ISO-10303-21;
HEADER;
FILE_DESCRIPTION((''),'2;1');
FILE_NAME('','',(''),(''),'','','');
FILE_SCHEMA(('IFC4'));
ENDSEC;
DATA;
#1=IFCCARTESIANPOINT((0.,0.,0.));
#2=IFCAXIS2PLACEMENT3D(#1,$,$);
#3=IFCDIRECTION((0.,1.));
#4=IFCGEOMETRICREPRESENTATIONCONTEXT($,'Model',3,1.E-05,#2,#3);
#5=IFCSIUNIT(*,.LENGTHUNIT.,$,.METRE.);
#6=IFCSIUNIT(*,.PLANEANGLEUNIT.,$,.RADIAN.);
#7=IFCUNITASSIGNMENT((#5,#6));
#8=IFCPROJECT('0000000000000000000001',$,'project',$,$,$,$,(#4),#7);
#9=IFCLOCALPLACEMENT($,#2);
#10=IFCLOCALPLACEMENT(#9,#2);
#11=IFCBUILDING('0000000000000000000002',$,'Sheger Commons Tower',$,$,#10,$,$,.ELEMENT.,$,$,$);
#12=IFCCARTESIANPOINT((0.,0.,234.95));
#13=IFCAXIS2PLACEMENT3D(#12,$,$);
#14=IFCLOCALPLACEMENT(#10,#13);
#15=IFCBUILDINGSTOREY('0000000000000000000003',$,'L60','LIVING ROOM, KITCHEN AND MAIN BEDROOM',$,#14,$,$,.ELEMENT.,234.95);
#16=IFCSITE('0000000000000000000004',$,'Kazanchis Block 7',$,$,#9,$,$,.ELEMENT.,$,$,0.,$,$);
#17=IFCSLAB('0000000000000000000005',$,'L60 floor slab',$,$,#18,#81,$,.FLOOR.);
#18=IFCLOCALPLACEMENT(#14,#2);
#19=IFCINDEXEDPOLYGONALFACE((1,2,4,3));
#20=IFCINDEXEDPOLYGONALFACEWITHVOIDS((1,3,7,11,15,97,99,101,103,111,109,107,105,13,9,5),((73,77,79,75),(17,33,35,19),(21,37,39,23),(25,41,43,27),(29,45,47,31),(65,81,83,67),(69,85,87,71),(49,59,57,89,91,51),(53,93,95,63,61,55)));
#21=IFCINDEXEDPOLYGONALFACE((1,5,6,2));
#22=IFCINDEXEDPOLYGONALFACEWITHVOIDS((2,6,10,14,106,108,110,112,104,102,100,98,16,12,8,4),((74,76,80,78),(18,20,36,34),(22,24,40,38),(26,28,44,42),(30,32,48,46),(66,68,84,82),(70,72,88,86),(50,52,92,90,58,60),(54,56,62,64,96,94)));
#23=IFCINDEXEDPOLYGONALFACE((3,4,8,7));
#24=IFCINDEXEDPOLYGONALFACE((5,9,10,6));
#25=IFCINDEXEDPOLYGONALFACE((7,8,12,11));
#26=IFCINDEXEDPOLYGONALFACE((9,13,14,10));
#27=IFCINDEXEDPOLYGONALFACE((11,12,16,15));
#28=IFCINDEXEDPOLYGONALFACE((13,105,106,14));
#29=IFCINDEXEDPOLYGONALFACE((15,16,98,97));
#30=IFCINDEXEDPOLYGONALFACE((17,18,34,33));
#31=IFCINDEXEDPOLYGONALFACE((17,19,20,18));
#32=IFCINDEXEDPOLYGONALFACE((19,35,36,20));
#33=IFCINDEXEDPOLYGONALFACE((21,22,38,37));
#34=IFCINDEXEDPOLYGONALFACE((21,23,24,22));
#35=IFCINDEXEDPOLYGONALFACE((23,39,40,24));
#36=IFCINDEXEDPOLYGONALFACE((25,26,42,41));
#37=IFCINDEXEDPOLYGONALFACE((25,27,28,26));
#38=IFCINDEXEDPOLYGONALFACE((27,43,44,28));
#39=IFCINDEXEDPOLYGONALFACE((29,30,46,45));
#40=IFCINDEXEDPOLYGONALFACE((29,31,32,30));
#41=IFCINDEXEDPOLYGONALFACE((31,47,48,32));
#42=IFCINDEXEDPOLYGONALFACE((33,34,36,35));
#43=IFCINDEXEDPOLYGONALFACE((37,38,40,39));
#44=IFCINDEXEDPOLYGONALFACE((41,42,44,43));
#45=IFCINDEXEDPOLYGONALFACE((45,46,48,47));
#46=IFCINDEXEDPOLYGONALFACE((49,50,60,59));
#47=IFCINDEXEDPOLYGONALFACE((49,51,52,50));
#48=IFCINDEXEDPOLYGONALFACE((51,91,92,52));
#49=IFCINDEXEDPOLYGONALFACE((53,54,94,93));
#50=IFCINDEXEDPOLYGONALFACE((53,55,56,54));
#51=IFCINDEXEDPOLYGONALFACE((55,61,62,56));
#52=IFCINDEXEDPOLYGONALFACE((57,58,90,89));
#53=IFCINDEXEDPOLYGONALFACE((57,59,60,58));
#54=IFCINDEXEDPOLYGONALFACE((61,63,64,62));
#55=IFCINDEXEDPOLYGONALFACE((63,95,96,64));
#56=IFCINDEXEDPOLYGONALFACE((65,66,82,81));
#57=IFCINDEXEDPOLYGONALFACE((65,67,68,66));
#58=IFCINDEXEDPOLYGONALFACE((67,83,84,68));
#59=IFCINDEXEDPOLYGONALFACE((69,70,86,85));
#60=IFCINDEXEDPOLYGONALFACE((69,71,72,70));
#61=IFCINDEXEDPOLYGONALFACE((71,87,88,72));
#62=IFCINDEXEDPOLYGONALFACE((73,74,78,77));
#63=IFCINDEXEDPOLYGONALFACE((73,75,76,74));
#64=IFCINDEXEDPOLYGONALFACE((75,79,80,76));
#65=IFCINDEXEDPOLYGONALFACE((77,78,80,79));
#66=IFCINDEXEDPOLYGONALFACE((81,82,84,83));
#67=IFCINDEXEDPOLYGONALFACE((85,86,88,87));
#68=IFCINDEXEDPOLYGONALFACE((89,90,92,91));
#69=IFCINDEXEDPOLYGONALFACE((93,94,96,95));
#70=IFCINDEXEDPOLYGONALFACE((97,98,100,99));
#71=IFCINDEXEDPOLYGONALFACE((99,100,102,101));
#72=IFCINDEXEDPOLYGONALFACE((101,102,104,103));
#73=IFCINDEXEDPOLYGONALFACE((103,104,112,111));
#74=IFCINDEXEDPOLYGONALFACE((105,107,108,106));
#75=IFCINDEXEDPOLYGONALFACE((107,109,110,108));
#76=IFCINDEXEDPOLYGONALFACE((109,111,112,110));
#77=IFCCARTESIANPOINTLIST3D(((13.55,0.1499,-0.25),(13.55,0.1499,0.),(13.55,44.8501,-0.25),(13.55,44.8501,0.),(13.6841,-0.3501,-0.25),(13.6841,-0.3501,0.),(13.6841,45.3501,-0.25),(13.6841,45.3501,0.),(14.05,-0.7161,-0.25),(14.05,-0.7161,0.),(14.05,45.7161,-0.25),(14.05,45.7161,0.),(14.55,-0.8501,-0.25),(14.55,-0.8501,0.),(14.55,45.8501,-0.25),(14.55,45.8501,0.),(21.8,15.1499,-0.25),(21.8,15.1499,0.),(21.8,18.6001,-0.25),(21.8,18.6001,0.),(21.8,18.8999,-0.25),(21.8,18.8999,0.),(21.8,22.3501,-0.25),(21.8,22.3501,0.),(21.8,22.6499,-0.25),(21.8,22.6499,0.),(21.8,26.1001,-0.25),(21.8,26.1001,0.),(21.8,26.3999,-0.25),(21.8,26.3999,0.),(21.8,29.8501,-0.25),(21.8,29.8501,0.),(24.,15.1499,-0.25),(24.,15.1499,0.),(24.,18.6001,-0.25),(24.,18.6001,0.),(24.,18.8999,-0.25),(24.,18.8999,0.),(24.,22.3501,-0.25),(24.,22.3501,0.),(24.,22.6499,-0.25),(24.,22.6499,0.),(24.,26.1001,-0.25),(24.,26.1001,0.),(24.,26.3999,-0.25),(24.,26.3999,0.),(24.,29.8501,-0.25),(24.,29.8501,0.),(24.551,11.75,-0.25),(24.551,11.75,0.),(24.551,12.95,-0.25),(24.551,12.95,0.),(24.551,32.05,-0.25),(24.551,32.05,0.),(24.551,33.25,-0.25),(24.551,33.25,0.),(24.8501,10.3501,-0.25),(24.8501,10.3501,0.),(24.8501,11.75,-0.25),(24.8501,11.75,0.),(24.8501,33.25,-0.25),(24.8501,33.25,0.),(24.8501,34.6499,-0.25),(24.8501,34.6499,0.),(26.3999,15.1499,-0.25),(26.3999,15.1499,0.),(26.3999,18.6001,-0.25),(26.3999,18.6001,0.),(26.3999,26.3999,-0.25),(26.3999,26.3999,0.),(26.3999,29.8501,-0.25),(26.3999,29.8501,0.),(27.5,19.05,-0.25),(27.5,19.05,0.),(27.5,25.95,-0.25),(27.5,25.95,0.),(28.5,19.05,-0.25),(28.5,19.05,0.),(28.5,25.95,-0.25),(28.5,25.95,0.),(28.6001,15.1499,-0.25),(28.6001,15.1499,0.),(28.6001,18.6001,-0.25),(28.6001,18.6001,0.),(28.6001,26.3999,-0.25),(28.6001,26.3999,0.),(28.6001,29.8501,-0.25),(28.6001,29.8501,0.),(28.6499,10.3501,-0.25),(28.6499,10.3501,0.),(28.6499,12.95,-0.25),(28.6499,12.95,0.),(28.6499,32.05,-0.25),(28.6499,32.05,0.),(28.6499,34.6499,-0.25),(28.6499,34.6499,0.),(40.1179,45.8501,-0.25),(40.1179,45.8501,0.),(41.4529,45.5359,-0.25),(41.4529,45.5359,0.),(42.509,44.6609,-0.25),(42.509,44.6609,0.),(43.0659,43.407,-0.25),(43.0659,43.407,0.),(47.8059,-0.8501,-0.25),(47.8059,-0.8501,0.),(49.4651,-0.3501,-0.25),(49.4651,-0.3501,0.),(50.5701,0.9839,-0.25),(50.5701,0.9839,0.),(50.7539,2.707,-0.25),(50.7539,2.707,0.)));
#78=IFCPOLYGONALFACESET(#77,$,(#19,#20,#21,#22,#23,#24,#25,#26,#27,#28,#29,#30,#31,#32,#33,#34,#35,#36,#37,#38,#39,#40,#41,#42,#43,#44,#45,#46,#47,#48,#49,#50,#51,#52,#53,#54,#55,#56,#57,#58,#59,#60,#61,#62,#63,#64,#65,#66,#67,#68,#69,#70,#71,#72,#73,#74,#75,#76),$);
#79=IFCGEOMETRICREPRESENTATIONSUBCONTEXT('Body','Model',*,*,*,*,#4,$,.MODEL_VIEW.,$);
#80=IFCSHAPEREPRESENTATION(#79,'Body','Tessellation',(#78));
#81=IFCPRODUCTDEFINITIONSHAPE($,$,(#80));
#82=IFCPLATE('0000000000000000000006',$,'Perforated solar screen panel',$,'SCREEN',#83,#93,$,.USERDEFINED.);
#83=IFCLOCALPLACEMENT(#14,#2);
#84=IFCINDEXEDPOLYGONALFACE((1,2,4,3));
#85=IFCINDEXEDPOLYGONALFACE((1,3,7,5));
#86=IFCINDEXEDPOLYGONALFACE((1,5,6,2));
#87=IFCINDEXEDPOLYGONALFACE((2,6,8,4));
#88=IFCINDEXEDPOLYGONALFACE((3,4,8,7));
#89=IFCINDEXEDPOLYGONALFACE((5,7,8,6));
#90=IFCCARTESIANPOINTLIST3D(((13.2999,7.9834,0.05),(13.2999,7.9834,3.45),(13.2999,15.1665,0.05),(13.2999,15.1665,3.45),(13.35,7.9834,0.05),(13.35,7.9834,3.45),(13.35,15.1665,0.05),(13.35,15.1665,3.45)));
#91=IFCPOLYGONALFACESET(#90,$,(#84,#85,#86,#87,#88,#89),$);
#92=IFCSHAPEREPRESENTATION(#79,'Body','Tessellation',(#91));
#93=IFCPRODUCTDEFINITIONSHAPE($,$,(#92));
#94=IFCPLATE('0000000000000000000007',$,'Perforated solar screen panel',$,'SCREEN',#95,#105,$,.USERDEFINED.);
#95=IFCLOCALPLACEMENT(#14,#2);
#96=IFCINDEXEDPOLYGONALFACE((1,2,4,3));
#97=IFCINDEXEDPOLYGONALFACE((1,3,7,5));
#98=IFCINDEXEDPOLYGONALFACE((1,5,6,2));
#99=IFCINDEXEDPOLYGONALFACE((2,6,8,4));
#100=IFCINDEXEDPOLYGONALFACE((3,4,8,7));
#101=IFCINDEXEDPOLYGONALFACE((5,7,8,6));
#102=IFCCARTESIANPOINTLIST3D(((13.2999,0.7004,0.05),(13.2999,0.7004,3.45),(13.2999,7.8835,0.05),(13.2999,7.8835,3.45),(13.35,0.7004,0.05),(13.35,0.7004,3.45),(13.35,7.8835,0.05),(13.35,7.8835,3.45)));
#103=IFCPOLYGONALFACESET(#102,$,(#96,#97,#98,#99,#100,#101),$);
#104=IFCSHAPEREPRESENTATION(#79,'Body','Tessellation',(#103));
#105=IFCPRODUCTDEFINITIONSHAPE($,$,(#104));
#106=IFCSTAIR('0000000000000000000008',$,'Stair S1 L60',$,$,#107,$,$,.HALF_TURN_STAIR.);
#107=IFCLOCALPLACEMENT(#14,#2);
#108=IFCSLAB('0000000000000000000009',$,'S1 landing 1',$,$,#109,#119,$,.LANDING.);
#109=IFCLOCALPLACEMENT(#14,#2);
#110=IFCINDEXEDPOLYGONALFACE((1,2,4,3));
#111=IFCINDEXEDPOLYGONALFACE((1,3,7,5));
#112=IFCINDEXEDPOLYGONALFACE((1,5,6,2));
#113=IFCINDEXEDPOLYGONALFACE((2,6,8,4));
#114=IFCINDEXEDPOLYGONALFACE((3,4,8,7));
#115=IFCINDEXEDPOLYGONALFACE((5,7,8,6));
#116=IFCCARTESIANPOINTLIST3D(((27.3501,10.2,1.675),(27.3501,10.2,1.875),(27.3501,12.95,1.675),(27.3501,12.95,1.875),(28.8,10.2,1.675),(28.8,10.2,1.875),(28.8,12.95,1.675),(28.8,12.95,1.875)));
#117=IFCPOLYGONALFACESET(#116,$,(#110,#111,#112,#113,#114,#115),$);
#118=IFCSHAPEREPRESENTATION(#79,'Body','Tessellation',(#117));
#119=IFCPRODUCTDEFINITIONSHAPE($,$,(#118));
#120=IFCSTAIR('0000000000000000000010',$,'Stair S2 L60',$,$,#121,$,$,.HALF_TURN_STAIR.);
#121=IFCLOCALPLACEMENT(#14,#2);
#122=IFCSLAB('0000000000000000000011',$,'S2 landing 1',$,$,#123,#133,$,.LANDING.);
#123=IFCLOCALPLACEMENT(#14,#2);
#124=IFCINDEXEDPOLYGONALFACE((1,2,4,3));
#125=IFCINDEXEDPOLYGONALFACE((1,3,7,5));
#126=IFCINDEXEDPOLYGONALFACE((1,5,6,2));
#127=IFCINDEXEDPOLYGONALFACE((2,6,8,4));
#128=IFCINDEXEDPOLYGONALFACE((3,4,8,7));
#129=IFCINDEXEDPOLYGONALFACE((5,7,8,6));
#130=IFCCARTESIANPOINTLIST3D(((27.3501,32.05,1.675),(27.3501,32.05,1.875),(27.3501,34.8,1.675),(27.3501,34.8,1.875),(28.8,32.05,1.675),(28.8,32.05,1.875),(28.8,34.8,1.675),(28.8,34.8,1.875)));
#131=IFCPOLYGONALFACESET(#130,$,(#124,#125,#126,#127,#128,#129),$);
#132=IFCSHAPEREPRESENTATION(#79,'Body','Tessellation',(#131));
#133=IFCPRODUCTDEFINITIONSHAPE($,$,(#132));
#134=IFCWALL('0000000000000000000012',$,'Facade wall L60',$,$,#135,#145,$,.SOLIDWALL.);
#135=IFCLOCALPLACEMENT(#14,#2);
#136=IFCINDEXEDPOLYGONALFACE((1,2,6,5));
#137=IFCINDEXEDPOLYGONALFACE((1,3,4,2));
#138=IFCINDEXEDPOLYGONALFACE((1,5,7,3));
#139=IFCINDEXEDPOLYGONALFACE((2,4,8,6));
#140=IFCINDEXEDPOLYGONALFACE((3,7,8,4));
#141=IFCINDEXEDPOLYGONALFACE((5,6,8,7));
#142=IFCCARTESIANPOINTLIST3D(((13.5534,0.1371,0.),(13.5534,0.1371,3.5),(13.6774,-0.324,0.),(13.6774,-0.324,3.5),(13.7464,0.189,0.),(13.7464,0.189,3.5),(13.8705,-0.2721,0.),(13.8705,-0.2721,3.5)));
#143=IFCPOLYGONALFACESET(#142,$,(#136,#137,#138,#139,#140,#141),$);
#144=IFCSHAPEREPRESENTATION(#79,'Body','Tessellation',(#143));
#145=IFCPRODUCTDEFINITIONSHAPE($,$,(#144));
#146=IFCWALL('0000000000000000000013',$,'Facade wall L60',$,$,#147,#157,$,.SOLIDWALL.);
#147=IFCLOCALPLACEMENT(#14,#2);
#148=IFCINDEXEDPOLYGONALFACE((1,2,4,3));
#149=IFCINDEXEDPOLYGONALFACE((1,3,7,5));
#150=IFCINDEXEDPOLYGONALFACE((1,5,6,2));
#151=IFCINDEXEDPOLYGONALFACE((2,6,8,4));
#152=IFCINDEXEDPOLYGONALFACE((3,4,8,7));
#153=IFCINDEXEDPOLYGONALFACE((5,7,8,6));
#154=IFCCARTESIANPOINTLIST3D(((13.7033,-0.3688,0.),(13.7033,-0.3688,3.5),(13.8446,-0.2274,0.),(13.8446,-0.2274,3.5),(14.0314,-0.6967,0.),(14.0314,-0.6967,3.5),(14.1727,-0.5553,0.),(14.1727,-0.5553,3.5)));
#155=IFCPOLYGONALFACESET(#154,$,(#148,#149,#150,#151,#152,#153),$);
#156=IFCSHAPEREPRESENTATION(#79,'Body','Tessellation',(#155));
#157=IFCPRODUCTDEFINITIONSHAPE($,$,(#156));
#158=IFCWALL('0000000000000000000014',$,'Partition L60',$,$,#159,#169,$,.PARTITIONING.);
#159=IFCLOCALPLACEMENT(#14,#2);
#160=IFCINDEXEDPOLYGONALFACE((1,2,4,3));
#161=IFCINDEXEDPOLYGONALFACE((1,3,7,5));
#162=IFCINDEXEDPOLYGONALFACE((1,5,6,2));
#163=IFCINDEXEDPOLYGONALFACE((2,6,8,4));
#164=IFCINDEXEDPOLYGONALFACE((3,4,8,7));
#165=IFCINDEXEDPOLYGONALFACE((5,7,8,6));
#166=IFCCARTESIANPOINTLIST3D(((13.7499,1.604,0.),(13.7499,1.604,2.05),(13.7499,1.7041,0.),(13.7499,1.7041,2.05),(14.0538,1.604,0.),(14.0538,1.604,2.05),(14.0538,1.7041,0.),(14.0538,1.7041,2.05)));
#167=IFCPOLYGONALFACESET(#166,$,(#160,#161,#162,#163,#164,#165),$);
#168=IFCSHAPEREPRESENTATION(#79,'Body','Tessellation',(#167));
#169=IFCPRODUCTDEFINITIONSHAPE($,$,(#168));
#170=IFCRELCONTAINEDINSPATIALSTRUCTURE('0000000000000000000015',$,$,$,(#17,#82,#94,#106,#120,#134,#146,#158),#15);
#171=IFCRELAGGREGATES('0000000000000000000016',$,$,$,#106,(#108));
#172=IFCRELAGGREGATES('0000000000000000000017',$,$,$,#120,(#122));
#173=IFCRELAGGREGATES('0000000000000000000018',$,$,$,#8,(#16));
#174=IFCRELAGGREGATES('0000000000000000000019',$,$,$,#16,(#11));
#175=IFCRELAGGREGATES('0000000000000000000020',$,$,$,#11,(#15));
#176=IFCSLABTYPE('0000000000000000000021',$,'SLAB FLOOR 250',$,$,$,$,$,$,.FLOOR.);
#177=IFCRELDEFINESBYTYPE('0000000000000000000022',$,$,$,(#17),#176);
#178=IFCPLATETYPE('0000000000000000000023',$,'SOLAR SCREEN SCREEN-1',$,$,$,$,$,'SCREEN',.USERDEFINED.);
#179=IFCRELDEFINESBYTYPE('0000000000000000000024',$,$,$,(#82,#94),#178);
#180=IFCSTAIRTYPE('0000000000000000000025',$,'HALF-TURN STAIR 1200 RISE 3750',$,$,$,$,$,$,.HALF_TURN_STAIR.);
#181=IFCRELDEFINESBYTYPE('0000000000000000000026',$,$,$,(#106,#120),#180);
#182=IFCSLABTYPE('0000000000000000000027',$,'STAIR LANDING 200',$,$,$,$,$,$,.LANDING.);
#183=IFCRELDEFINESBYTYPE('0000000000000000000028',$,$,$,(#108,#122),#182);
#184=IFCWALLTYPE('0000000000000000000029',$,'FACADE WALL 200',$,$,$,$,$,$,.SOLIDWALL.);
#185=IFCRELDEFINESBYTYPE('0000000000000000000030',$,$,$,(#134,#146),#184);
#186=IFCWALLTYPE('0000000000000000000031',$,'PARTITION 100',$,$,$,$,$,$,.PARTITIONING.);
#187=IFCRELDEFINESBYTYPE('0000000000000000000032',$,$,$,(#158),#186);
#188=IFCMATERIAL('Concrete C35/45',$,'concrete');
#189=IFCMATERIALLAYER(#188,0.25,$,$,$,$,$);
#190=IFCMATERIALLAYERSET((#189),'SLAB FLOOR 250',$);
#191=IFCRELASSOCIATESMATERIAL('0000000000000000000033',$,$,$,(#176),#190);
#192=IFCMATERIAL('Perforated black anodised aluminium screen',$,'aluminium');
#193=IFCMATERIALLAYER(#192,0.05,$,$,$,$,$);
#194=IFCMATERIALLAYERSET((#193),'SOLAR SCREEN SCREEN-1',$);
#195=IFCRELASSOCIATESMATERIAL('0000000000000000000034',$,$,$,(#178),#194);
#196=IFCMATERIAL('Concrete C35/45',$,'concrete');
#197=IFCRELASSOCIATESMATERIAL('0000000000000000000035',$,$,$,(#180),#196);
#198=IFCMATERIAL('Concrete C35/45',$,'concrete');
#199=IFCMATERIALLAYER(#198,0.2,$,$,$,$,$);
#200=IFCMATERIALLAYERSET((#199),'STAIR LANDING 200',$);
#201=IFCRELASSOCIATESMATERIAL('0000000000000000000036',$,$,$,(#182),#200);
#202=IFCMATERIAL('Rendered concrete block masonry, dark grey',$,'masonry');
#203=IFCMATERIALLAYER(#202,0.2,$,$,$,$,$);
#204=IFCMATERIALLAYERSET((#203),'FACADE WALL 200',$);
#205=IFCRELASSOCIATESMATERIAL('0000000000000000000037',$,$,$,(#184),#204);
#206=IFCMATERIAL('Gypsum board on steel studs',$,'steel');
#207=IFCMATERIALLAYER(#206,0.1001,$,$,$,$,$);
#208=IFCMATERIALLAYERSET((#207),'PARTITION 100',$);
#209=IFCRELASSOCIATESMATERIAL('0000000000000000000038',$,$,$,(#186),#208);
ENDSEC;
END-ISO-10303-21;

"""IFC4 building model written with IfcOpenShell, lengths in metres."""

from ifc_helpers import new_model, si_unit, direction, frame, frame_2d, origin, origin_2d, place, context, subcontext, project, spatial, polyline, rectangle, outline, extrude, material, layer, layer_set, type_object, element, aggregate, save


model = new_model("IFC4")

# Units and contexts
model_context = context("Model", 3, precision=1e-05, world=origin(), true_north=direction((0.0, 1.0)))
body_context = subcontext(model_context, "Body", "Model", "MODEL_VIEW")
ifc_project = project(units=[si_unit("LENGTHUNIT", "METRE"), si_unit("PLANEANGLEUNIT", "RADIAN")], contexts=[model_context])

# Site, building, storey
site_placement = place(None, origin())
site = spatial("IfcSite", under=ifc_project, at=site_placement, Name="Kazanchis Block 7", CompositionType="ELEMENT", RefElevation=0.0)
building_placement = place(site_placement, origin())
building = spatial("IfcBuilding", under=site, at=building_placement, Name="Sheger Commons Tower", CompositionType="ELEMENT")
storey_placement = place(building_placement, frame((0.0, 0.0, 234.95)))
storey = spatial("IfcBuildingStorey", under=building, at=storey_placement, Name="L60", Description="LIVING ROOM, KITCHEN AND MAIN BEDROOM", CompositionType="ELEMENT", Elevation=234.95)

# Slab
ifc_material_1 = material(Name="Concrete C35/45", Category="concrete")
ifc_layer_1 = layer(ifc_material_1, 0.25)
ifc_layer_set_1 = layer_set([ifc_layer_1], Name="SLAB FLOOR 250")
slab_type_1 = type_object("IfcSlabType", Name="SLAB FLOOR 250", PredefinedType="FLOOR", material=ifc_layer_set_1)
slab_1_placement = place(storey_placement, frame((0.0, 0.0, -0.25)))
element("IfcSlab", 1, at=slab_1_placement, inside=storey, type_object=slab_type_1, Name="L60 floor slab", PredefinedType="FLOOR", context=body_context, shape_type="SweptSolid", body=[
    extrude(outline(polyline([(13.55, 0.1499), (13.6841, -0.3501), (14.05, -0.7161), (14.55, -0.8501), (47.8059, -0.8501), (49.4651, -0.3501), (50.5701, 0.9839), (50.7539, 2.707), (43.0659, 43.407), (42.509, 44.6609), (41.4529, 45.5359), (40.1179, 45.8501), (14.55, 45.8501), (14.05, 45.7161), (13.6841, 45.3501), (13.55, 44.8501), (13.55, 0.1499)]), holes=[polyline([(24.8501, 10.3501), (28.6499, 10.3501), (28.6499, 12.95), (24.551, 12.95), (24.551, 11.75), (24.8501, 11.75), (24.8501, 10.3501)]), polyline([(24.551, 32.05), (28.6499, 32.05), (28.6499, 34.6499), (24.8501, 34.6499), (24.8501, 33.25), (24.551, 33.25), (24.551, 32.05)]), polyline([(26.3999, 15.1499), (28.6001, 15.1499), (28.6001, 18.6001), (26.3999, 18.6001), (26.3999, 15.1499)]), polyline([(26.3999, 26.3999), (28.6001, 26.3999), (28.6001, 29.8501), (26.3999, 29.8501), (26.3999, 26.3999)]), polyline([(21.8, 15.1499), (24.0, 15.1499), (24.0, 18.6001), (21.8, 18.6001), (21.8, 15.1499)]), polyline([(21.8, 18.8999), (24.0, 18.8999), (24.0, 22.3501), (21.8, 22.3501), (21.8, 18.8999)]), polyline([(21.8, 22.6499), (24.0, 22.6499), (24.0, 26.1001), (21.8, 26.1001), (21.8, 22.6499)]), polyline([(21.8, 26.3999), (24.0, 26.3999), (24.0, 29.8501), (21.8, 29.8501), (21.8, 26.3999)]), polyline([(27.5, 19.05), (28.5, 19.05), (28.5, 25.95), (27.5, 25.95), (27.5, 19.05)])]), origin(), (0.0, 0.0, 1.0), 0.25),
])

# Plates
ifc_material_2 = material(Name="Perforated black anodised aluminium screen", Category="aluminium")
ifc_layer_2 = layer(ifc_material_2, 0.05)
ifc_layer_set_2 = layer_set([ifc_layer_2], Name="SOLAR SCREEN SCREEN-1")
plate_type = type_object("IfcPlateType", Name="SOLAR SCREEN SCREEN-1", ElementType="SCREEN", PredefinedType="USERDEFINED", material=ifc_layer_set_2)
for number, where, z_axis, x_axis, name in (
    (2, (13.325, 11.575, 0.05), (0.0, 0.0, 1.0), (0.0, -1.0, 0.0), "Perforated solar screen panel"),
    (3, (13.325, 4.292, 0.05), (0.0, 0.0, 1.0), (0.0, -1.0, 0.0), "Perforated solar screen panel"),
):
    element("IfcPlate", number, at=place(storey_placement, frame(where, z_axis=z_axis, x_axis=x_axis)), inside=storey, type_object=plate_type, Name=name, ObjectType="SCREEN", PredefinedType="USERDEFINED", context=body_context, shape_type="SweptSolid", body=[
        extrude(rectangle(XDim=7.1831, YDim=0.05, at=origin_2d()), origin(), (0.0, 0.0, 1.0), 3.3999),
    ])

# Stairs, slabs
ifc_material_3 = material(Name="Concrete C35/45", Category="concrete")
stair_type = type_object("IfcStairType", Name="HALF-TURN STAIR 1200 RISE 3750", PredefinedType="HALF_TURN_STAIR", material=ifc_material_3)
stair_1_placement = place(storey_placement, origin())
stair_1 = element("IfcStair", 4, at=stair_1_placement, inside=storey, type_object=stair_type, Name="Stair S1 L60", PredefinedType="HALF_TURN_STAIR")
ifc_material_4 = material(Name="Concrete C35/45", Category="concrete")
ifc_layer_3 = layer(ifc_material_4, 0.2)
ifc_layer_set_3 = layer_set([ifc_layer_3], Name="STAIR LANDING 200")
slab_type_2 = type_object("IfcSlabType", Name="STAIR LANDING 200", PredefinedType="LANDING", material=ifc_layer_set_3)
slab_2_placement = place(storey_placement, frame((0.0, 0.0, 1.675)))
slab_2 = element("IfcSlab", 5, at=slab_2_placement, type_object=slab_type_2, Name="S1 landing 1", PredefinedType="LANDING", context=body_context, shape_type="SweptSolid", body=[
    extrude(outline(polyline([(27.3501, 10.2), (28.8, 10.2), (28.8, 12.95), (27.3501, 12.95), (27.3501, 10.2)])), origin(), (0.0, 0.0, 1.0), 0.2),
])
aggregate(stair_1, [slab_2])
stair_2_placement = place(storey_placement, origin())
stair_2 = element("IfcStair", 6, at=stair_2_placement, inside=storey, type_object=stair_type, Name="Stair S2 L60", PredefinedType="HALF_TURN_STAIR")
slab_3_placement = place(storey_placement, frame((0.0, 0.0, 1.675)))
slab_3 = element("IfcSlab", 7, at=slab_3_placement, type_object=slab_type_2, Name="S2 landing 1", PredefinedType="LANDING", context=body_context, shape_type="SweptSolid", body=[
    extrude(outline(polyline([(27.3501, 32.05), (28.8, 32.05), (28.8, 34.8), (27.3501, 34.8), (27.3501, 32.05)])), origin(), (0.0, 0.0, 1.0), 0.2),
])
aggregate(stair_2, [slab_3])

# Walls
ifc_material_5 = material(Name="Rendered concrete block masonry, dark grey", Category="masonry")
ifc_layer_4 = layer(ifc_material_5, 0.2)
ifc_layer_set_4 = layer_set([ifc_layer_4], Name="FACADE WALL 200")
wall_type_1 = type_object("IfcWallType", Name="FACADE WALL 200", PredefinedType="SOLIDWALL", material=ifc_layer_set_4)
wall_1_placement = place(storey_placement, frame((13.6499, 0.1631, 0.0), z_axis=(0.0, 0.0, 1.0), x_axis=(0.259698, -0.96569, 0.0)))
element("IfcWall", 8, at=wall_1_placement, inside=storey, type_object=wall_type_1, Name="Facade wall L60", PredefinedType="SOLIDWALL", context=body_context, shape_type="SweptSolid", body=[
    extrude(rectangle(XDim=0.4775, YDim=0.2, at=frame_2d((0.2388, 0.0))), origin(), (0.0, 0.0, 1.0), 3.5),
])
wall_2_placement = place(storey_placement, frame((13.7739, -0.2981, 0.0), z_axis=(0.0, 0.0, 1.0), x_axis=(0.70737, -0.706844, 0.0)))
element("IfcWall", 9, at=wall_2_placement, inside=storey, type_object=wall_type_1, Name="Facade wall L60", PredefinedType="SOLIDWALL", context=body_context, shape_type="SweptSolid", body=[
    extrude(rectangle(XDim=0.4639, YDim=0.2, at=frame_2d((0.2319, 0.0))), origin(), (0.0, 0.0, 1.0), 3.5),
])
ifc_material_6 = material(Name="Gypsum board on steel studs", Category="steel")
ifc_layer_5 = layer(ifc_material_6, 0.1001)
ifc_layer_set_5 = layer_set([ifc_layer_5], Name="PARTITION 100")
wall_type_2 = type_object("IfcWallType", Name="PARTITION 100", PredefinedType="PARTITIONING", material=ifc_layer_set_5)
wall_3_placement = place(storey_placement, frame((13.75, 1.6541, 0.0), z_axis=(0.0, 0.0, 1.0), x_axis=(1.0, 0.0, 0.0)))
element("IfcWall", 10, at=wall_3_placement, inside=storey, type_object=wall_type_2, Name="Partition L60", PredefinedType="PARTITIONING", context=body_context, shape_type="SweptSolid", body=[
    extrude(rectangle(XDim=0.304, YDim=0.1001, at=frame_2d((0.1519, 0.0))), origin(), (0.0, 0.0, 1.0), 2.05),
])

save(model, "model.ifc")
